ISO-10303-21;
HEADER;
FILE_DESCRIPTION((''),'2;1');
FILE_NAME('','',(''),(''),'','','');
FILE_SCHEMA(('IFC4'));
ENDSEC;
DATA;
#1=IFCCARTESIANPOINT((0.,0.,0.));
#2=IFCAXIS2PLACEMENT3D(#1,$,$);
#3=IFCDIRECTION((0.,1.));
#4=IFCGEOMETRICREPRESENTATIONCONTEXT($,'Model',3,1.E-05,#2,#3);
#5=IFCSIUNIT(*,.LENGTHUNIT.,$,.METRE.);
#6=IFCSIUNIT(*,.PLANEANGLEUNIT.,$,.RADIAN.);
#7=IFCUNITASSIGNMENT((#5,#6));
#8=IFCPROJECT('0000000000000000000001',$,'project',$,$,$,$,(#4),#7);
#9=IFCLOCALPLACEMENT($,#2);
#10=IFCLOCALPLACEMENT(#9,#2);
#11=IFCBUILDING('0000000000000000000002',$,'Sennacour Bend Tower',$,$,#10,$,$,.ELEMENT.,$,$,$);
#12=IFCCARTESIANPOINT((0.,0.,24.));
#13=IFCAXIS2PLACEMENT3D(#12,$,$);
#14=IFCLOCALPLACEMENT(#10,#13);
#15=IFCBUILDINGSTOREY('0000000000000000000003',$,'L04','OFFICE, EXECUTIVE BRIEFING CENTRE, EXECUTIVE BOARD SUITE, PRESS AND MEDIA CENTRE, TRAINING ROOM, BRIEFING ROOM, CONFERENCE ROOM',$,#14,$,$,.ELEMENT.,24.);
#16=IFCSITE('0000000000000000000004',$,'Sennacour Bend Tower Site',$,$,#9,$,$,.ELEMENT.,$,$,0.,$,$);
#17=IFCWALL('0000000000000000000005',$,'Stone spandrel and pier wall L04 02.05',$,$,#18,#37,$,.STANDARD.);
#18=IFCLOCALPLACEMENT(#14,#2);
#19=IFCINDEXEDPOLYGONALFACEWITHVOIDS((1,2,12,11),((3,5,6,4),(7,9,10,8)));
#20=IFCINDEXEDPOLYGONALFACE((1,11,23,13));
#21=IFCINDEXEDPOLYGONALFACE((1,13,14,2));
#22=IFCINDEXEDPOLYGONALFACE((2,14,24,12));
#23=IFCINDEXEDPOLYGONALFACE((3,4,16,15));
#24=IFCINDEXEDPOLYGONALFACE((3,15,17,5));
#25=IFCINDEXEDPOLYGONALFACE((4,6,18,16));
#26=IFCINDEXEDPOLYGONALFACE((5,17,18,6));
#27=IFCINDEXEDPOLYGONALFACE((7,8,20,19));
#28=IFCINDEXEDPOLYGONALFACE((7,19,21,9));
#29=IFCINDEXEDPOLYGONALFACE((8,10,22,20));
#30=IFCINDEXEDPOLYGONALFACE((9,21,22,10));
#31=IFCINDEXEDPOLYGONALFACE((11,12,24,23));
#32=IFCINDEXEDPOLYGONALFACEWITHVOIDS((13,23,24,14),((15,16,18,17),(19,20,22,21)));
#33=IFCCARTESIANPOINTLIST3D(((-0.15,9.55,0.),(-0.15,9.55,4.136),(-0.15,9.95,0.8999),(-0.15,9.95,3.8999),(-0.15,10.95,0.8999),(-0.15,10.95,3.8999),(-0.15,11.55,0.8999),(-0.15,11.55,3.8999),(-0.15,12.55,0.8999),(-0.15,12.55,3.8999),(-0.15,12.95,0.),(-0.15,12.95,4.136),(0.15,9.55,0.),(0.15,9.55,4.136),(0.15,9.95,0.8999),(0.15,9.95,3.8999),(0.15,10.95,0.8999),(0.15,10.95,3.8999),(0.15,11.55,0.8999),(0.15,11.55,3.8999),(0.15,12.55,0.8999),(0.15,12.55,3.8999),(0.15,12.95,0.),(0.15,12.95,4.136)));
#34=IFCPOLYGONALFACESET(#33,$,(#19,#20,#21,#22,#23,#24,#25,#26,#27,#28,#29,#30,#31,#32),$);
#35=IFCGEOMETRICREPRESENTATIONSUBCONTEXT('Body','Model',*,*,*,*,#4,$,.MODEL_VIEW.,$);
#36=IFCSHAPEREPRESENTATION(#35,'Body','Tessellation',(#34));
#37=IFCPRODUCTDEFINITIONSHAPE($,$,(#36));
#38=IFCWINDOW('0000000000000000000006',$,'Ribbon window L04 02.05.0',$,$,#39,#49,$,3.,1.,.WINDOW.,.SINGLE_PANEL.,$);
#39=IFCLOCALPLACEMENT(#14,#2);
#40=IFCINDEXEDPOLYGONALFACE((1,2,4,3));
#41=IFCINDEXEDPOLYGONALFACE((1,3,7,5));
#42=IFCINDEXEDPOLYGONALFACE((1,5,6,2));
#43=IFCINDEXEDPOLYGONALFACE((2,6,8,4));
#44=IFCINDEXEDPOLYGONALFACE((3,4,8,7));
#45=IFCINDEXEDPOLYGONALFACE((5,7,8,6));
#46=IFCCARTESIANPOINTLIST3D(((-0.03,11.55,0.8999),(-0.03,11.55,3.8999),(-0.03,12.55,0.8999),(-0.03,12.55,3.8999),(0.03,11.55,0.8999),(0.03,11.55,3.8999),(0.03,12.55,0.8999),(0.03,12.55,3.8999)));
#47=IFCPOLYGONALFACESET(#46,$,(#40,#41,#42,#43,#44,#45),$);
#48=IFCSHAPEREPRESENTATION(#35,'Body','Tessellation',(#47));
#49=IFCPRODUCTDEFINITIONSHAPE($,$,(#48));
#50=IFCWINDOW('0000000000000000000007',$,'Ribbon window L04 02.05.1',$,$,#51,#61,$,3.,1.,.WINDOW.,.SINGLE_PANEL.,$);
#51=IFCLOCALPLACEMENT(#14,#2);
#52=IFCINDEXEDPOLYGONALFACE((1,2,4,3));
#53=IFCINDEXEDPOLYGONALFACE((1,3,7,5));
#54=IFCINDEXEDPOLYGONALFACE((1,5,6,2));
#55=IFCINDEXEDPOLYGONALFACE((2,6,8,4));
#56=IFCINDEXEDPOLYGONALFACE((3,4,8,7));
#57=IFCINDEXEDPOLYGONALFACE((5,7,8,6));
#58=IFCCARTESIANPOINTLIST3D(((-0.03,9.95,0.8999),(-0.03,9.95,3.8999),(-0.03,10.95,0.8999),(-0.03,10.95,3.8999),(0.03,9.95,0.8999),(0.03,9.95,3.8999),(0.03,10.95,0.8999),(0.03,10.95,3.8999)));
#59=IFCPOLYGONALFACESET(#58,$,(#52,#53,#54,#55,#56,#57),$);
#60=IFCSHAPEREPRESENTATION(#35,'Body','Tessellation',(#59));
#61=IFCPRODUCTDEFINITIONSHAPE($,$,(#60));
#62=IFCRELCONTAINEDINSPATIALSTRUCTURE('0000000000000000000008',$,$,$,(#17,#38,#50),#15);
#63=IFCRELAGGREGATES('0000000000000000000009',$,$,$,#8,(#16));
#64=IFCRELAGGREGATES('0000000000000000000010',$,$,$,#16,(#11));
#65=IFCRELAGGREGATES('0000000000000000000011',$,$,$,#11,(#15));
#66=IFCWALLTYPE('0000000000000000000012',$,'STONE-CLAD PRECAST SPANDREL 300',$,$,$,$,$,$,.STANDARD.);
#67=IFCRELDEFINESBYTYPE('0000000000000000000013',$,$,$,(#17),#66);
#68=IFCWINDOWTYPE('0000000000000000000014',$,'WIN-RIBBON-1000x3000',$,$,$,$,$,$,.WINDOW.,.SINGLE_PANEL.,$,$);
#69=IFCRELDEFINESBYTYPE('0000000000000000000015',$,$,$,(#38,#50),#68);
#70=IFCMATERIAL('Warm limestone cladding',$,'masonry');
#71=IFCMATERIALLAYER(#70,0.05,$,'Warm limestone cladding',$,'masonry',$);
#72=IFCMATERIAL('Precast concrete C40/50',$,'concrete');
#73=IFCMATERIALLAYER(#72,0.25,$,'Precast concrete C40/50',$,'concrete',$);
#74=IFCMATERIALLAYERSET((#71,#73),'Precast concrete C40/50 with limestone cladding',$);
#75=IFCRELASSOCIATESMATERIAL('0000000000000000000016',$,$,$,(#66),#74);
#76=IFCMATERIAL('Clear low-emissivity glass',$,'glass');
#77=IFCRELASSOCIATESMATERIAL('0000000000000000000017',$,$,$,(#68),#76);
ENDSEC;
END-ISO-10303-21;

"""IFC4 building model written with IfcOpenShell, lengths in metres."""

from ifc_helpers import new_model, si_unit, direction, frame, frame_2d, origin, place, context, subcontext, project, spatial, rectangle, extrude, material, layer, layer_set, type_object, element, fill, save


model = new_model("IFC4")

# Units and contexts
model_context = context("Model", 3, precision=1e-05, world=origin(), true_north=direction((0.0, 1.0)))
body_context = subcontext(model_context, "Body", "Model", "MODEL_VIEW")
ifc_project = project(units=[si_unit("LENGTHUNIT", "METRE"), si_unit("PLANEANGLEUNIT", "RADIAN")], contexts=[model_context])

# Site, building, storey
site_placement = place(None, origin())
site = spatial("IfcSite", under=ifc_project, at=site_placement, Name="Sennacour Bend Tower Site", CompositionType="ELEMENT", RefElevation=0.0)
building_placement = place(site_placement, origin())
building = spatial("IfcBuilding", under=site, at=building_placement, Name="Sennacour Bend Tower", CompositionType="ELEMENT")
storey_placement = place(building_placement, frame((0.0, 0.0, 24.0)))
storey = spatial("IfcBuildingStorey", under=building, at=storey_placement, Name="L04", Description="OFFICE, EXECUTIVE BRIEFING CENTRE, EXECUTIVE BOARD SUITE, PRESS AND MEDIA CENTRE, TRAINING ROOM, BRIEFING ROOM, CONFERENCE ROOM", CompositionType="ELEMENT", Elevation=24.0)

# Wall, openings, windows
ifc_material_1 = material(Name="Warm limestone cladding", Category="masonry")
ifc_layer_1 = layer(ifc_material_1, 0.05, Name="Warm limestone cladding", Category="masonry")
ifc_material_2 = material(Name="Precast concrete C40/50", Category="concrete")
ifc_layer_2 = layer(ifc_material_2, 0.25, Name="Precast concrete C40/50", Category="concrete")
ifc_layer_set_1 = layer_set([ifc_layer_1, ifc_layer_2], Name="Precast concrete C40/50 with limestone cladding")
wall_type_1 = type_object("IfcWallType", Name="STONE-CLAD PRECAST SPANDREL 300", PredefinedType="STANDARD", material=ifc_layer_set_1)
ifc_material_3 = material(Name="Clear low-emissivity glass", Category="glass")
window_type = type_object("IfcWindowType", Name="WIN-RIBBON-1000x3000", PartitioningType="SINGLE_PANEL", PredefinedType="WINDOW", material=ifc_material_3)
wall_1_placement = place(storey_placement, frame((0.0, 12.95, 0.0), z_axis=(0.0, 0.0, 1.0), x_axis=(0.0, -1.0, 0.0)))
wall_1 = element("IfcWall", 1, at=wall_1_placement, inside=storey, type_object=wall_type_1, Name="Stone spandrel and pier wall L04 02.05", PredefinedType="STANDARD", context=body_context, shape_type="SweptSolid", body=[
    extrude(rectangle(XDim=3.3999, YDim=0.3, at=frame_2d((1.7, 0.0))), origin(), (0.0, 0.0, 1.0), 4.136),
])
opening_1_placement = place(wall_1_placement, frame((0.3999, 0.0, 0.8999)))
opening_1 = element("IfcOpeningElement", 2, at=opening_1_placement, cuts=wall_1, PredefinedType="OPENING", context=body_context, shape_type="SweptSolid", body=[
    extrude(rectangle(XDim=1.0, YDim=3.0, at=frame_2d((0.5, 1.5))), frame((0.0, 0.1602, 0.0), z_axis=(0.0, -1.0, 0.0), x_axis=(1.0, 0.0, 0.0)), (0.0, 0.0, 1.0), 0.3201),
])
opening_2_placement = place(wall_1_placement, frame((2.0, 0.0, 0.8999)))
opening_2 = element("IfcOpeningElement", 3, at=opening_2_placement, cuts=wall_1, PredefinedType="OPENING", context=body_context, shape_type="SweptSolid", body=[
    extrude(rectangle(XDim=1.0, YDim=3.0, at=frame_2d((0.5, 1.5))), frame((0.0, 0.1602, 0.0), z_axis=(0.0, -1.0, 0.0), x_axis=(1.0, 0.0, 0.0)), (0.0, 0.0, 1.0), 0.3201),
])
window_1_placement = place(opening_1_placement, origin())
window_1 = element("IfcWindow", 4, at=window_1_placement, inside=storey, type_object=window_type, Name="Ribbon window L04 02.05.0", OverallHeight=3.0, OverallWidth=1.0, PartitioningType="SINGLE_PANEL", PredefinedType="WINDOW", context=body_context, shape_type="SweptSolid", body=[
    extrude(rectangle(XDim=1.0, YDim=3.0, at=frame_2d((0.5, 1.5))), frame((0.0, 0.03, 0.0), z_axis=(0.0, -1.0, 0.0), x_axis=(1.0, 0.0, 0.0)), (0.0, 0.0, 1.0), 0.0601),
])
fill(opening_1, window_1)
window_2_placement = place(opening_2_placement, origin())
window_2 = element("IfcWindow", 5, at=window_2_placement, inside=storey, type_object=window_type, Name="Ribbon window L04 02.05.1", OverallHeight=3.0, OverallWidth=1.0, PartitioningType="SINGLE_PANEL", PredefinedType="WINDOW", context=body_context, shape_type="SweptSolid", body=[
    extrude(rectangle(XDim=1.0, YDim=3.0, at=frame_2d((0.5, 1.5))), frame((0.0, 0.03, 0.0), z_axis=(0.0, -1.0, 0.0), x_axis=(1.0, 0.0, 0.0)), (0.0, 0.0, 1.0), 0.0601),
])
fill(opening_2, window_2)

save(model, "model.ifc")
